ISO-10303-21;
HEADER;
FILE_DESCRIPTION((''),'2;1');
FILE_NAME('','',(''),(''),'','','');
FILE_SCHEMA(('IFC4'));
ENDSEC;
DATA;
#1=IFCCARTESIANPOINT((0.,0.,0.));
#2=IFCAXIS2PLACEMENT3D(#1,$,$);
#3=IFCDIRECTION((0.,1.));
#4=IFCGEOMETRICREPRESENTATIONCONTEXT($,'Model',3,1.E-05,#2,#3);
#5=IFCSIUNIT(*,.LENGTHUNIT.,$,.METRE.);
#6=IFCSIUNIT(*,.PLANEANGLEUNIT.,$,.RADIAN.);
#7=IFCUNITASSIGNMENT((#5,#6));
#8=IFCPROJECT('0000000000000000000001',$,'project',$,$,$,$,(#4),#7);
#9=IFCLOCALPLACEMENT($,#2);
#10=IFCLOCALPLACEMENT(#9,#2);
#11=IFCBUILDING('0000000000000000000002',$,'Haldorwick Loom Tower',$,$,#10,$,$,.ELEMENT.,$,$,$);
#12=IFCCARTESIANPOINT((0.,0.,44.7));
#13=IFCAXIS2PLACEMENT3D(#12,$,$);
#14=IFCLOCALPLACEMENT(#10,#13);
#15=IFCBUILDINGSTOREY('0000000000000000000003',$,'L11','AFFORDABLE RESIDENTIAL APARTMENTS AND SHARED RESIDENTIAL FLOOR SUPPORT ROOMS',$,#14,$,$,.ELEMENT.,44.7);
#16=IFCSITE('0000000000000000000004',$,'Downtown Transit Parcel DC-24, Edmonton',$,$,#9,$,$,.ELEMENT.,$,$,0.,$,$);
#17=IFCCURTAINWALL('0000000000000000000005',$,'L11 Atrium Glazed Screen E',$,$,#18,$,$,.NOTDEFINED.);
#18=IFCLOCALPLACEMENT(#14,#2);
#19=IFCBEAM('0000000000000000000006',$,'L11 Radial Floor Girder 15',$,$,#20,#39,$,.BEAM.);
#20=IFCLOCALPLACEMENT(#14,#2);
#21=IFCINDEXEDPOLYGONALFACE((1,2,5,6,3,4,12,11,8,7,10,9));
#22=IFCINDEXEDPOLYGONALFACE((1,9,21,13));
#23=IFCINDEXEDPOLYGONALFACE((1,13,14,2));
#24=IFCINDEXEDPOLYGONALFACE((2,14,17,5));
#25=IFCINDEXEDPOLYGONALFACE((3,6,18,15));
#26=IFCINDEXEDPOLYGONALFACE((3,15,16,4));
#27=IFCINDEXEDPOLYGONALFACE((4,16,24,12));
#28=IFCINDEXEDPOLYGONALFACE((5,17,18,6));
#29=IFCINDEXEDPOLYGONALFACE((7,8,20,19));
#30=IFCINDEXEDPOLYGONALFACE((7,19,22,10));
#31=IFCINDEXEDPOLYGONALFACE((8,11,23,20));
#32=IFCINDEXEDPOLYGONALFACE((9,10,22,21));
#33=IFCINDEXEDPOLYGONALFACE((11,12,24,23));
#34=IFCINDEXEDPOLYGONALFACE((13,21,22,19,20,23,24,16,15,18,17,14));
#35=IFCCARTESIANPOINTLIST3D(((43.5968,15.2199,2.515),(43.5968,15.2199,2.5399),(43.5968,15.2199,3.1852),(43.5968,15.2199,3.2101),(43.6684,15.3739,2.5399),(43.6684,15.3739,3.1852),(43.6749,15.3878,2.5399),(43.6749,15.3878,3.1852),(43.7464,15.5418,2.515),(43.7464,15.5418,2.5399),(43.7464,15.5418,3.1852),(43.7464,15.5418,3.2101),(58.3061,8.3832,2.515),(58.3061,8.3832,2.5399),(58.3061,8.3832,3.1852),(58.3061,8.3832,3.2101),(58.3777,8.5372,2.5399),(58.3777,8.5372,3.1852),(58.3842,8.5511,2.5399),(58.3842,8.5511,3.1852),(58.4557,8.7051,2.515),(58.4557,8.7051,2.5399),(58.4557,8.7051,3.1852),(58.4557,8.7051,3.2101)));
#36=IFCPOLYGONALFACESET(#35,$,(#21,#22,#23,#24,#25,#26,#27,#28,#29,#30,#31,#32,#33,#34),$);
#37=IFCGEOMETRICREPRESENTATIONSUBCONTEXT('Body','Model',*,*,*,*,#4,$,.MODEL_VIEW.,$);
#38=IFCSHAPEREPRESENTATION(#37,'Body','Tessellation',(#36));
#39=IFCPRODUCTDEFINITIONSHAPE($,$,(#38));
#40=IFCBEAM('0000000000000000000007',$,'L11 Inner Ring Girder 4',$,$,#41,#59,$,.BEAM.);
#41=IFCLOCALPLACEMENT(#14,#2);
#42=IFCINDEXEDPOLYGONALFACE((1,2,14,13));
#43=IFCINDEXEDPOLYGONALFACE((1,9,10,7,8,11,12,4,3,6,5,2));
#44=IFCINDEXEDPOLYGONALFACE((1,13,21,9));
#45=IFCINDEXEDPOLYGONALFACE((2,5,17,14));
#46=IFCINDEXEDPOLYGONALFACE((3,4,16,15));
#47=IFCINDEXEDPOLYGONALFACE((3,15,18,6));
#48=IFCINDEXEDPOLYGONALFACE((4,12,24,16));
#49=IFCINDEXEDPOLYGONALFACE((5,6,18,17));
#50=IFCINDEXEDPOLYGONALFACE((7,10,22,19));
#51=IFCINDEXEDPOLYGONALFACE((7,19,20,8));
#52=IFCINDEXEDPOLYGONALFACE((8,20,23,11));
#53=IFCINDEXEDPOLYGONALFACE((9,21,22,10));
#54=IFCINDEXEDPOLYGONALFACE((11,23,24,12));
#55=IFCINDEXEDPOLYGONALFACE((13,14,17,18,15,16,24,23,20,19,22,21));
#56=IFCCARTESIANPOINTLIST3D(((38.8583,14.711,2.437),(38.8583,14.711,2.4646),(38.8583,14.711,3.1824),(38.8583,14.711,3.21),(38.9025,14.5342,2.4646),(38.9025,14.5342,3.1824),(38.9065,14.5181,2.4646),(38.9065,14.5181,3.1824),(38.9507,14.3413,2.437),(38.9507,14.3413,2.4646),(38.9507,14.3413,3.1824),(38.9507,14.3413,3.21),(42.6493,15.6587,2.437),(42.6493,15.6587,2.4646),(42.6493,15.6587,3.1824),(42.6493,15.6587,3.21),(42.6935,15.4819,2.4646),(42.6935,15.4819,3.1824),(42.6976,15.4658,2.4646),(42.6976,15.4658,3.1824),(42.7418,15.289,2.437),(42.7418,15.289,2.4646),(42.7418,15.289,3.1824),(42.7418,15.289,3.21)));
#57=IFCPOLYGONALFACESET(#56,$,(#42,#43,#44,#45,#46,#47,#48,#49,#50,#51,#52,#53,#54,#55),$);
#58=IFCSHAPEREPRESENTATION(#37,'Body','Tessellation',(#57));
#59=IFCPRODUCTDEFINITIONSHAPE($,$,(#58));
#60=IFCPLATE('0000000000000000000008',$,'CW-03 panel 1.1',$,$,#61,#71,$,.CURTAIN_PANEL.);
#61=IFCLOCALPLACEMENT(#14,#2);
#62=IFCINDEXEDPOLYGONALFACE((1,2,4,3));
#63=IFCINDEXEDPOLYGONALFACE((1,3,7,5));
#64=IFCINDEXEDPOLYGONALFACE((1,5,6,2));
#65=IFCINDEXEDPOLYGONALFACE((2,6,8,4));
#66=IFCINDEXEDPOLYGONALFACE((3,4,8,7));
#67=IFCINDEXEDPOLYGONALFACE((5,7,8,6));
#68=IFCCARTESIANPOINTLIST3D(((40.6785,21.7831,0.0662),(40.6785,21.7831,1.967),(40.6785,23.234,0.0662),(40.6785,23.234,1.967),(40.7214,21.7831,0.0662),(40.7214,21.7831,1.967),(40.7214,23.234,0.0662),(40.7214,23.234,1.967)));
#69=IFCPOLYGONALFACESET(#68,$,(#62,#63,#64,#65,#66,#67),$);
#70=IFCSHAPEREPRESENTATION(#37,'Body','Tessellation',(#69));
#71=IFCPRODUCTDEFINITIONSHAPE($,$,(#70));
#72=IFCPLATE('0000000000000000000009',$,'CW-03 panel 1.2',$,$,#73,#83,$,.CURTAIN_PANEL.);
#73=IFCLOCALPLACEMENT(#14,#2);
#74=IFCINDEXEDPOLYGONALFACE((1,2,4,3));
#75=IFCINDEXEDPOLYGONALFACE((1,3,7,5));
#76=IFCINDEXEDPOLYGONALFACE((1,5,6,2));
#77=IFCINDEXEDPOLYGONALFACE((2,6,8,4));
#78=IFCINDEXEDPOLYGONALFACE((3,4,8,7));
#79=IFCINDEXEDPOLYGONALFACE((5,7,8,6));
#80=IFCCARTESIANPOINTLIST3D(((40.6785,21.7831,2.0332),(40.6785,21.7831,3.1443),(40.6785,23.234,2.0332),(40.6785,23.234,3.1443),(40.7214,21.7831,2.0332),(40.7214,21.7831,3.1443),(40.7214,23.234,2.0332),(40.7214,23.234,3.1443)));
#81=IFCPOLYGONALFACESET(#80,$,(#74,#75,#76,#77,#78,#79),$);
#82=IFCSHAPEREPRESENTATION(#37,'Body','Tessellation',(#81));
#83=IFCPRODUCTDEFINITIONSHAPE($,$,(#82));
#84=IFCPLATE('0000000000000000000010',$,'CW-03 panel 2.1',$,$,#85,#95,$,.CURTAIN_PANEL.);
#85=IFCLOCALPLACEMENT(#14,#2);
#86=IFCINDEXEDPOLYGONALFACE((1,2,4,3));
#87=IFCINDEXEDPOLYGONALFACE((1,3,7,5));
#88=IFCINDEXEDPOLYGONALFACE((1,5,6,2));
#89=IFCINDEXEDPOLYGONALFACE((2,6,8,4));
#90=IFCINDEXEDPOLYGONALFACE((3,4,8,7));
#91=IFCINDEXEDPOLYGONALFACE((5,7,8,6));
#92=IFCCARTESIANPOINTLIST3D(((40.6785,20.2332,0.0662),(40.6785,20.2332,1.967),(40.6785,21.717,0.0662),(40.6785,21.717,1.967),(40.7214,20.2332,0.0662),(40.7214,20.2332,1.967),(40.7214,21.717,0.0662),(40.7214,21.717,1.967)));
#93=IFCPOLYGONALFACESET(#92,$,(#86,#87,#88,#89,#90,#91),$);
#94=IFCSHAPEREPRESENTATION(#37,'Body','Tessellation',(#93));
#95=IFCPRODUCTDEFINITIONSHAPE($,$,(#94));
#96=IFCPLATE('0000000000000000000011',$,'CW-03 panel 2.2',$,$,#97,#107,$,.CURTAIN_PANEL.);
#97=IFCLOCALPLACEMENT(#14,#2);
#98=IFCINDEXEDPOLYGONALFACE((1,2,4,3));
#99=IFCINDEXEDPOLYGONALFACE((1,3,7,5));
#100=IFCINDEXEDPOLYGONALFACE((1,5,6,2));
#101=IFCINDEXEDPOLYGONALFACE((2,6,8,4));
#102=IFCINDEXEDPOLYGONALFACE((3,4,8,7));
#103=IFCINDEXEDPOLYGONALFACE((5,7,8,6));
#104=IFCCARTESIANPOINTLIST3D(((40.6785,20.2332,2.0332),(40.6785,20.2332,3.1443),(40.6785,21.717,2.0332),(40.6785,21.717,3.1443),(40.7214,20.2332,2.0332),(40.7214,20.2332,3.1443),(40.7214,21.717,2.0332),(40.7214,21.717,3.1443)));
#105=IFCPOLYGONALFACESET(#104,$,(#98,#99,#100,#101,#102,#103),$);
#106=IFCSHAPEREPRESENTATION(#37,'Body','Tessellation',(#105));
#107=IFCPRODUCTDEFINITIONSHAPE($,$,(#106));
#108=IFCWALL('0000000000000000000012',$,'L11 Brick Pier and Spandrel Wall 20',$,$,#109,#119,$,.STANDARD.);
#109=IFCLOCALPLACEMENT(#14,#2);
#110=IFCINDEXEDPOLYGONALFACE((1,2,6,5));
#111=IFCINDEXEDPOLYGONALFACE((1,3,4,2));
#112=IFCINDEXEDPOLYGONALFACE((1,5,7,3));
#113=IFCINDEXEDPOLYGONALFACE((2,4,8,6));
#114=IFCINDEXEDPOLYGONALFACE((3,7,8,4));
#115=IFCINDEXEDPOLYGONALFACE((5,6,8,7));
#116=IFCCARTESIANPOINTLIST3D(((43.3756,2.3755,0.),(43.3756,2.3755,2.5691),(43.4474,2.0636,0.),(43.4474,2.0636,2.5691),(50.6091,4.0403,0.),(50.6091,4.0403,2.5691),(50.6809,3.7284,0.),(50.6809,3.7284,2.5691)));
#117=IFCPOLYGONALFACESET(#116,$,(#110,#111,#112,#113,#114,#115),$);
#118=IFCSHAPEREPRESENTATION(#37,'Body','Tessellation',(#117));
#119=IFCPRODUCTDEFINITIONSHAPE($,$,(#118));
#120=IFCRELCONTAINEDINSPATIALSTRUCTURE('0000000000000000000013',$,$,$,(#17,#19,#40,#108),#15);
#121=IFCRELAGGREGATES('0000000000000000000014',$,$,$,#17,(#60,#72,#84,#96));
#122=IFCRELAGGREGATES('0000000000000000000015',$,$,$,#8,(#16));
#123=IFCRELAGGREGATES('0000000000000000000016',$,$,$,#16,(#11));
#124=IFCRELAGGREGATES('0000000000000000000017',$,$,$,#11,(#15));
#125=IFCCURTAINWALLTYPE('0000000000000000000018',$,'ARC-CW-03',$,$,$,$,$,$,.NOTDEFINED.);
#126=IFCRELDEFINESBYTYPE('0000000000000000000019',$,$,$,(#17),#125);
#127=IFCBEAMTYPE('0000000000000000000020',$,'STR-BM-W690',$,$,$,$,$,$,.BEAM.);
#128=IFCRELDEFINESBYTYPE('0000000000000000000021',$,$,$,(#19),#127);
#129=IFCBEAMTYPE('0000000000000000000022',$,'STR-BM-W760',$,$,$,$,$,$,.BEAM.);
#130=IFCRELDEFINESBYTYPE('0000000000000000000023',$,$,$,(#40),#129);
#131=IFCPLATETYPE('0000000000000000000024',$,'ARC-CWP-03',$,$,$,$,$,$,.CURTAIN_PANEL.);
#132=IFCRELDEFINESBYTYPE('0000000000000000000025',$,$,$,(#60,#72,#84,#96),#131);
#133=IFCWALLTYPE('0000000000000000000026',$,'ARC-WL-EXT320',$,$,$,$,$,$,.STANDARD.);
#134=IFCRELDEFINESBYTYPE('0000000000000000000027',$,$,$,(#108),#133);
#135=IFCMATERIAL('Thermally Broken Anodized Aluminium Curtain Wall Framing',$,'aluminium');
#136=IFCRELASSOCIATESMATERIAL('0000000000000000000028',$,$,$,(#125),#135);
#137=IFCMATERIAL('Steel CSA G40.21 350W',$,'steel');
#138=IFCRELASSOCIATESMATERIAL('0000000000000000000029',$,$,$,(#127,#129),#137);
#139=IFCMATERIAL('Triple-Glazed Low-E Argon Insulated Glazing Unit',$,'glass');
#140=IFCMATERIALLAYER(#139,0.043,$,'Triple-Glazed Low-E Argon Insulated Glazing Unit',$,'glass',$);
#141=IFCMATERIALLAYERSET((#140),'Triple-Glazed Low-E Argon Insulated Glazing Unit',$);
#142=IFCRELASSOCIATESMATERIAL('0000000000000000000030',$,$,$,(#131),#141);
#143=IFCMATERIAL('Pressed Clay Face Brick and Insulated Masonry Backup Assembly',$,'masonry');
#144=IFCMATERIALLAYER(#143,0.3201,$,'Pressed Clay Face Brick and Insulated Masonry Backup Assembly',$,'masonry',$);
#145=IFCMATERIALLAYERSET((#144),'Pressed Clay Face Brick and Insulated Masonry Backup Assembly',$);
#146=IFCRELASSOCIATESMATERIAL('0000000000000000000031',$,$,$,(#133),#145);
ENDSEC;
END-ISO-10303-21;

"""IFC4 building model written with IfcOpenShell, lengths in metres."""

from ifc_helpers import new_model, si_unit, direction, frame, frame_2d, origin, origin_2d, place, context, subcontext, project, spatial, rectangle, i_section, extrude, material, layer, layer_set, material_profile, profile_set, type_object, element, aggregate, save


model = new_model("IFC4")

# Units and contexts
model_context = context("Model", 3, precision=1e-05, world=origin(), true_north=direction((0.0, 1.0)))
body_context = subcontext(model_context, "Body", "Model", "MODEL_VIEW")
ifc_project = project(units=[si_unit("LENGTHUNIT", "METRE"), si_unit("PLANEANGLEUNIT", "RADIAN")], contexts=[model_context])

# Site, building, storey
site_placement = place(None, origin())
site = spatial("IfcSite", under=ifc_project, at=site_placement, Name="Downtown Transit Parcel DC-24, Edmonton", CompositionType="ELEMENT", RefElevation=0.0)
building_placement = place(site_placement, origin())
building = spatial("IfcBuilding", under=site, at=building_placement, Name="Haldorwick Loom Tower", CompositionType="ELEMENT")
storey_placement = place(building_placement, frame((0.0, 0.0, 44.7)))
storey = spatial("IfcBuildingStorey", under=building, at=storey_placement, Name="L11", Description="AFFORDABLE RESIDENTIAL APARTMENTS AND SHARED RESIDENTIAL FLOOR SUPPORT ROOMS", CompositionType="ELEMENT", Elevation=44.7)

# Curtain wall
ifc_material_1 = material(Name="Thermally Broken Anodized Aluminium Curtain Wall Framing", Category="aluminium")
curtain_wall_type = type_object("IfcCurtainWallType", Name="ARC-CW-03", PredefinedType="NOTDEFINED", material=ifc_material_1)
curtain_wall_placement = place(storey_placement, origin())
curtain_wall = element("IfcCurtainWall", 1, at=curtain_wall_placement, inside=storey, type_object=curtain_wall_type, Name="L11 Atrium Glazed Screen E", PredefinedType="NOTDEFINED")

# Beams
ifc_material_2 = material(Name="Steel CSA G40.21 350W", Category="steel")
ifc_material_profile_1 = material_profile(ifc_material_2, i_section(OverallWidth=0.355, OverallDepth=0.6951, WebThickness=0.0154, FlangeThickness=0.0249, at=origin_2d()), Name="W690X217", Category="steel")
ifc_profile_set_1 = profile_set([ifc_material_profile_1], Name="Steel CSA G40.21 350W")
beam_type_1 = type_object("IfcBeamType", Name="STR-BM-W690", PredefinedType="BEAM", material=ifc_profile_set_1)
beam_1_placement = place(storey_placement, frame((43.6716, 15.3809, 2.8625), z_axis=(0.906835, -0.421486, 0.0), x_axis=(0.421486, 0.906835, 0.0)))
element("IfcBeam", 2, at=beam_1_placement, inside=storey, type_object=beam_type_1, Name="L11 Radial Floor Girder 15", PredefinedType="BEAM", context=body_context, shape_type="SweptSolid", body=[
    extrude(i_section(OverallWidth=0.355, OverallDepth=0.6951, WebThickness=0.0154, FlangeThickness=0.0249, at=origin_2d()), origin(), (0.0, 0.0, 1.0), 16.2205),
])
ifc_material_profile_2 = material_profile(ifc_material_2, i_section(OverallWidth=0.3811, OverallDepth=0.7729, WebThickness=0.0166, FlangeThickness=0.0276, at=origin_2d()), Name="W760X257", Category="steel")
ifc_profile_set_2 = profile_set([ifc_material_profile_2], Name="Steel CSA G40.21 350W")
beam_type_2 = type_object("IfcBeamType", Name="STR-BM-W760", PredefinedType="BEAM", material=ifc_profile_set_2)
beam_2_placement = place(storey_placement, frame((42.6956, 15.4739, 2.8235), z_axis=(-0.970143, -0.242536, 0.0), x_axis=(0.242536, -0.970143, 0.0)))
element("IfcBeam", 3, at=beam_2_placement, inside=storey, type_object=beam_type_2, Name="L11 Inner Ring Girder 4", PredefinedType="BEAM", context=body_context, shape_type="SweptSolid", body=[
    extrude(i_section(OverallWidth=0.3811, OverallDepth=0.7729, WebThickness=0.0166, FlangeThickness=0.0276, at=origin_2d()), origin(), (0.0, 0.0, 1.0), 3.9077),
])

# Plates
ifc_material_3 = material(Name="Triple-Glazed Low-E Argon Insulated Glazing Unit", Category="glass")
ifc_layer_1 = layer(ifc_material_3, 0.043, Name="Triple-Glazed Low-E Argon Insulated Glazing Unit", Category="glass")
ifc_layer_set_1 = layer_set([ifc_layer_1], Name="Triple-Glazed Low-E Argon Insulated Glazing Unit")
plate_type = type_object("IfcPlateType", Name="ARC-CWP-03", PredefinedType="CURTAIN_PANEL", material=ifc_layer_set_1)
plate_1_placement = place(storey_placement, frame((40.7, 22.5085, 0.0662), z_axis=(0.0, 0.0, 1.0), x_axis=(0.0, -1.0, 0.0)))
plate_1 = element("IfcPlate", 4, at=plate_1_placement, type_object=plate_type, Name="CW-03 panel 1.1", PredefinedType="CURTAIN_PANEL", context=body_context, shape_type="SweptSolid", body=[
    extrude(rectangle(XDim=1.4509, YDim=0.043, at=origin_2d()), origin(), (0.0, 0.0, 1.0), 1.9009),
])
plate_2_placement = place(storey_placement, frame((40.7, 22.5085, 2.0332), z_axis=(0.0, 0.0, 1.0), x_axis=(0.0, -1.0, 0.0)))
plate_2 = element("IfcPlate", 5, at=plate_2_placement, type_object=plate_type, Name="CW-03 panel 1.2", PredefinedType="CURTAIN_PANEL", context=body_context, shape_type="SweptSolid", body=[
    extrude(rectangle(XDim=1.4509, YDim=0.043, at=origin_2d()), origin(), (0.0, 0.0, 1.0), 1.1111),
])
plate_3_placement = place(storey_placement, frame((40.7, 20.9751, 0.0662), z_axis=(0.0, 0.0, 1.0), x_axis=(0.0, -1.0, 0.0)))
plate_3 = element("IfcPlate", 6, at=plate_3_placement, type_object=plate_type, Name="CW-03 panel 2.1", PredefinedType="CURTAIN_PANEL", context=body_context, shape_type="SweptSolid", body=[
    extrude(rectangle(XDim=1.4839, YDim=0.043, at=origin_2d()), origin(), (0.0, 0.0, 1.0), 1.9009),
])
plate_4_placement = place(storey_placement, frame((40.7, 20.9751, 2.0332), z_axis=(0.0, 0.0, 1.0), x_axis=(0.0, -1.0, 0.0)))
plate_4 = element("IfcPlate", 7, at=plate_4_placement, type_object=plate_type, Name="CW-03 panel 2.2", PredefinedType="CURTAIN_PANEL", context=body_context, shape_type="SweptSolid", body=[
    extrude(rectangle(XDim=1.4839, YDim=0.043, at=origin_2d()), origin(), (0.0, 0.0, 1.0), 1.1111),
])
aggregate(curtain_wall, [plate_1, plate_2, plate_3, plate_4])

# Wall
ifc_material_4 = material(Name="Pressed Clay Face Brick and Insulated Masonry Backup Assembly", Category="masonry")
ifc_layer_2 = layer(ifc_material_4, 0.3201, Name="Pressed Clay Face Brick and Insulated Masonry Backup Assembly", Category="masonry")
ifc_layer_set_2 = layer_set([ifc_layer_2], Name="Pressed Clay Face Brick and Insulated Masonry Backup Assembly")
wall_type_1 = type_object("IfcWallType", Name="ARC-WL-EXT320", PredefinedType="STANDARD", material=ifc_layer_set_2)
wall_1_placement = place(storey_placement, frame((43.4114, 2.2195, 0.0), z_axis=(0.0, 0.0, 1.0), x_axis=(0.974522, 0.22429, 0.0)))
element("IfcWall", 8, at=wall_1_placement, inside=storey, type_object=wall_type_1, Name="L11 Brick Pier and Spandrel Wall 20", PredefinedType="STANDARD", context=body_context, shape_type="SweptSolid", body=[
    extrude(rectangle(XDim=7.4226, YDim=0.3201, at=frame_2d((3.7114, 0.0))), origin(), (0.0, 0.0, 1.0), 2.5691),
])

save(model, "model.ifc")
